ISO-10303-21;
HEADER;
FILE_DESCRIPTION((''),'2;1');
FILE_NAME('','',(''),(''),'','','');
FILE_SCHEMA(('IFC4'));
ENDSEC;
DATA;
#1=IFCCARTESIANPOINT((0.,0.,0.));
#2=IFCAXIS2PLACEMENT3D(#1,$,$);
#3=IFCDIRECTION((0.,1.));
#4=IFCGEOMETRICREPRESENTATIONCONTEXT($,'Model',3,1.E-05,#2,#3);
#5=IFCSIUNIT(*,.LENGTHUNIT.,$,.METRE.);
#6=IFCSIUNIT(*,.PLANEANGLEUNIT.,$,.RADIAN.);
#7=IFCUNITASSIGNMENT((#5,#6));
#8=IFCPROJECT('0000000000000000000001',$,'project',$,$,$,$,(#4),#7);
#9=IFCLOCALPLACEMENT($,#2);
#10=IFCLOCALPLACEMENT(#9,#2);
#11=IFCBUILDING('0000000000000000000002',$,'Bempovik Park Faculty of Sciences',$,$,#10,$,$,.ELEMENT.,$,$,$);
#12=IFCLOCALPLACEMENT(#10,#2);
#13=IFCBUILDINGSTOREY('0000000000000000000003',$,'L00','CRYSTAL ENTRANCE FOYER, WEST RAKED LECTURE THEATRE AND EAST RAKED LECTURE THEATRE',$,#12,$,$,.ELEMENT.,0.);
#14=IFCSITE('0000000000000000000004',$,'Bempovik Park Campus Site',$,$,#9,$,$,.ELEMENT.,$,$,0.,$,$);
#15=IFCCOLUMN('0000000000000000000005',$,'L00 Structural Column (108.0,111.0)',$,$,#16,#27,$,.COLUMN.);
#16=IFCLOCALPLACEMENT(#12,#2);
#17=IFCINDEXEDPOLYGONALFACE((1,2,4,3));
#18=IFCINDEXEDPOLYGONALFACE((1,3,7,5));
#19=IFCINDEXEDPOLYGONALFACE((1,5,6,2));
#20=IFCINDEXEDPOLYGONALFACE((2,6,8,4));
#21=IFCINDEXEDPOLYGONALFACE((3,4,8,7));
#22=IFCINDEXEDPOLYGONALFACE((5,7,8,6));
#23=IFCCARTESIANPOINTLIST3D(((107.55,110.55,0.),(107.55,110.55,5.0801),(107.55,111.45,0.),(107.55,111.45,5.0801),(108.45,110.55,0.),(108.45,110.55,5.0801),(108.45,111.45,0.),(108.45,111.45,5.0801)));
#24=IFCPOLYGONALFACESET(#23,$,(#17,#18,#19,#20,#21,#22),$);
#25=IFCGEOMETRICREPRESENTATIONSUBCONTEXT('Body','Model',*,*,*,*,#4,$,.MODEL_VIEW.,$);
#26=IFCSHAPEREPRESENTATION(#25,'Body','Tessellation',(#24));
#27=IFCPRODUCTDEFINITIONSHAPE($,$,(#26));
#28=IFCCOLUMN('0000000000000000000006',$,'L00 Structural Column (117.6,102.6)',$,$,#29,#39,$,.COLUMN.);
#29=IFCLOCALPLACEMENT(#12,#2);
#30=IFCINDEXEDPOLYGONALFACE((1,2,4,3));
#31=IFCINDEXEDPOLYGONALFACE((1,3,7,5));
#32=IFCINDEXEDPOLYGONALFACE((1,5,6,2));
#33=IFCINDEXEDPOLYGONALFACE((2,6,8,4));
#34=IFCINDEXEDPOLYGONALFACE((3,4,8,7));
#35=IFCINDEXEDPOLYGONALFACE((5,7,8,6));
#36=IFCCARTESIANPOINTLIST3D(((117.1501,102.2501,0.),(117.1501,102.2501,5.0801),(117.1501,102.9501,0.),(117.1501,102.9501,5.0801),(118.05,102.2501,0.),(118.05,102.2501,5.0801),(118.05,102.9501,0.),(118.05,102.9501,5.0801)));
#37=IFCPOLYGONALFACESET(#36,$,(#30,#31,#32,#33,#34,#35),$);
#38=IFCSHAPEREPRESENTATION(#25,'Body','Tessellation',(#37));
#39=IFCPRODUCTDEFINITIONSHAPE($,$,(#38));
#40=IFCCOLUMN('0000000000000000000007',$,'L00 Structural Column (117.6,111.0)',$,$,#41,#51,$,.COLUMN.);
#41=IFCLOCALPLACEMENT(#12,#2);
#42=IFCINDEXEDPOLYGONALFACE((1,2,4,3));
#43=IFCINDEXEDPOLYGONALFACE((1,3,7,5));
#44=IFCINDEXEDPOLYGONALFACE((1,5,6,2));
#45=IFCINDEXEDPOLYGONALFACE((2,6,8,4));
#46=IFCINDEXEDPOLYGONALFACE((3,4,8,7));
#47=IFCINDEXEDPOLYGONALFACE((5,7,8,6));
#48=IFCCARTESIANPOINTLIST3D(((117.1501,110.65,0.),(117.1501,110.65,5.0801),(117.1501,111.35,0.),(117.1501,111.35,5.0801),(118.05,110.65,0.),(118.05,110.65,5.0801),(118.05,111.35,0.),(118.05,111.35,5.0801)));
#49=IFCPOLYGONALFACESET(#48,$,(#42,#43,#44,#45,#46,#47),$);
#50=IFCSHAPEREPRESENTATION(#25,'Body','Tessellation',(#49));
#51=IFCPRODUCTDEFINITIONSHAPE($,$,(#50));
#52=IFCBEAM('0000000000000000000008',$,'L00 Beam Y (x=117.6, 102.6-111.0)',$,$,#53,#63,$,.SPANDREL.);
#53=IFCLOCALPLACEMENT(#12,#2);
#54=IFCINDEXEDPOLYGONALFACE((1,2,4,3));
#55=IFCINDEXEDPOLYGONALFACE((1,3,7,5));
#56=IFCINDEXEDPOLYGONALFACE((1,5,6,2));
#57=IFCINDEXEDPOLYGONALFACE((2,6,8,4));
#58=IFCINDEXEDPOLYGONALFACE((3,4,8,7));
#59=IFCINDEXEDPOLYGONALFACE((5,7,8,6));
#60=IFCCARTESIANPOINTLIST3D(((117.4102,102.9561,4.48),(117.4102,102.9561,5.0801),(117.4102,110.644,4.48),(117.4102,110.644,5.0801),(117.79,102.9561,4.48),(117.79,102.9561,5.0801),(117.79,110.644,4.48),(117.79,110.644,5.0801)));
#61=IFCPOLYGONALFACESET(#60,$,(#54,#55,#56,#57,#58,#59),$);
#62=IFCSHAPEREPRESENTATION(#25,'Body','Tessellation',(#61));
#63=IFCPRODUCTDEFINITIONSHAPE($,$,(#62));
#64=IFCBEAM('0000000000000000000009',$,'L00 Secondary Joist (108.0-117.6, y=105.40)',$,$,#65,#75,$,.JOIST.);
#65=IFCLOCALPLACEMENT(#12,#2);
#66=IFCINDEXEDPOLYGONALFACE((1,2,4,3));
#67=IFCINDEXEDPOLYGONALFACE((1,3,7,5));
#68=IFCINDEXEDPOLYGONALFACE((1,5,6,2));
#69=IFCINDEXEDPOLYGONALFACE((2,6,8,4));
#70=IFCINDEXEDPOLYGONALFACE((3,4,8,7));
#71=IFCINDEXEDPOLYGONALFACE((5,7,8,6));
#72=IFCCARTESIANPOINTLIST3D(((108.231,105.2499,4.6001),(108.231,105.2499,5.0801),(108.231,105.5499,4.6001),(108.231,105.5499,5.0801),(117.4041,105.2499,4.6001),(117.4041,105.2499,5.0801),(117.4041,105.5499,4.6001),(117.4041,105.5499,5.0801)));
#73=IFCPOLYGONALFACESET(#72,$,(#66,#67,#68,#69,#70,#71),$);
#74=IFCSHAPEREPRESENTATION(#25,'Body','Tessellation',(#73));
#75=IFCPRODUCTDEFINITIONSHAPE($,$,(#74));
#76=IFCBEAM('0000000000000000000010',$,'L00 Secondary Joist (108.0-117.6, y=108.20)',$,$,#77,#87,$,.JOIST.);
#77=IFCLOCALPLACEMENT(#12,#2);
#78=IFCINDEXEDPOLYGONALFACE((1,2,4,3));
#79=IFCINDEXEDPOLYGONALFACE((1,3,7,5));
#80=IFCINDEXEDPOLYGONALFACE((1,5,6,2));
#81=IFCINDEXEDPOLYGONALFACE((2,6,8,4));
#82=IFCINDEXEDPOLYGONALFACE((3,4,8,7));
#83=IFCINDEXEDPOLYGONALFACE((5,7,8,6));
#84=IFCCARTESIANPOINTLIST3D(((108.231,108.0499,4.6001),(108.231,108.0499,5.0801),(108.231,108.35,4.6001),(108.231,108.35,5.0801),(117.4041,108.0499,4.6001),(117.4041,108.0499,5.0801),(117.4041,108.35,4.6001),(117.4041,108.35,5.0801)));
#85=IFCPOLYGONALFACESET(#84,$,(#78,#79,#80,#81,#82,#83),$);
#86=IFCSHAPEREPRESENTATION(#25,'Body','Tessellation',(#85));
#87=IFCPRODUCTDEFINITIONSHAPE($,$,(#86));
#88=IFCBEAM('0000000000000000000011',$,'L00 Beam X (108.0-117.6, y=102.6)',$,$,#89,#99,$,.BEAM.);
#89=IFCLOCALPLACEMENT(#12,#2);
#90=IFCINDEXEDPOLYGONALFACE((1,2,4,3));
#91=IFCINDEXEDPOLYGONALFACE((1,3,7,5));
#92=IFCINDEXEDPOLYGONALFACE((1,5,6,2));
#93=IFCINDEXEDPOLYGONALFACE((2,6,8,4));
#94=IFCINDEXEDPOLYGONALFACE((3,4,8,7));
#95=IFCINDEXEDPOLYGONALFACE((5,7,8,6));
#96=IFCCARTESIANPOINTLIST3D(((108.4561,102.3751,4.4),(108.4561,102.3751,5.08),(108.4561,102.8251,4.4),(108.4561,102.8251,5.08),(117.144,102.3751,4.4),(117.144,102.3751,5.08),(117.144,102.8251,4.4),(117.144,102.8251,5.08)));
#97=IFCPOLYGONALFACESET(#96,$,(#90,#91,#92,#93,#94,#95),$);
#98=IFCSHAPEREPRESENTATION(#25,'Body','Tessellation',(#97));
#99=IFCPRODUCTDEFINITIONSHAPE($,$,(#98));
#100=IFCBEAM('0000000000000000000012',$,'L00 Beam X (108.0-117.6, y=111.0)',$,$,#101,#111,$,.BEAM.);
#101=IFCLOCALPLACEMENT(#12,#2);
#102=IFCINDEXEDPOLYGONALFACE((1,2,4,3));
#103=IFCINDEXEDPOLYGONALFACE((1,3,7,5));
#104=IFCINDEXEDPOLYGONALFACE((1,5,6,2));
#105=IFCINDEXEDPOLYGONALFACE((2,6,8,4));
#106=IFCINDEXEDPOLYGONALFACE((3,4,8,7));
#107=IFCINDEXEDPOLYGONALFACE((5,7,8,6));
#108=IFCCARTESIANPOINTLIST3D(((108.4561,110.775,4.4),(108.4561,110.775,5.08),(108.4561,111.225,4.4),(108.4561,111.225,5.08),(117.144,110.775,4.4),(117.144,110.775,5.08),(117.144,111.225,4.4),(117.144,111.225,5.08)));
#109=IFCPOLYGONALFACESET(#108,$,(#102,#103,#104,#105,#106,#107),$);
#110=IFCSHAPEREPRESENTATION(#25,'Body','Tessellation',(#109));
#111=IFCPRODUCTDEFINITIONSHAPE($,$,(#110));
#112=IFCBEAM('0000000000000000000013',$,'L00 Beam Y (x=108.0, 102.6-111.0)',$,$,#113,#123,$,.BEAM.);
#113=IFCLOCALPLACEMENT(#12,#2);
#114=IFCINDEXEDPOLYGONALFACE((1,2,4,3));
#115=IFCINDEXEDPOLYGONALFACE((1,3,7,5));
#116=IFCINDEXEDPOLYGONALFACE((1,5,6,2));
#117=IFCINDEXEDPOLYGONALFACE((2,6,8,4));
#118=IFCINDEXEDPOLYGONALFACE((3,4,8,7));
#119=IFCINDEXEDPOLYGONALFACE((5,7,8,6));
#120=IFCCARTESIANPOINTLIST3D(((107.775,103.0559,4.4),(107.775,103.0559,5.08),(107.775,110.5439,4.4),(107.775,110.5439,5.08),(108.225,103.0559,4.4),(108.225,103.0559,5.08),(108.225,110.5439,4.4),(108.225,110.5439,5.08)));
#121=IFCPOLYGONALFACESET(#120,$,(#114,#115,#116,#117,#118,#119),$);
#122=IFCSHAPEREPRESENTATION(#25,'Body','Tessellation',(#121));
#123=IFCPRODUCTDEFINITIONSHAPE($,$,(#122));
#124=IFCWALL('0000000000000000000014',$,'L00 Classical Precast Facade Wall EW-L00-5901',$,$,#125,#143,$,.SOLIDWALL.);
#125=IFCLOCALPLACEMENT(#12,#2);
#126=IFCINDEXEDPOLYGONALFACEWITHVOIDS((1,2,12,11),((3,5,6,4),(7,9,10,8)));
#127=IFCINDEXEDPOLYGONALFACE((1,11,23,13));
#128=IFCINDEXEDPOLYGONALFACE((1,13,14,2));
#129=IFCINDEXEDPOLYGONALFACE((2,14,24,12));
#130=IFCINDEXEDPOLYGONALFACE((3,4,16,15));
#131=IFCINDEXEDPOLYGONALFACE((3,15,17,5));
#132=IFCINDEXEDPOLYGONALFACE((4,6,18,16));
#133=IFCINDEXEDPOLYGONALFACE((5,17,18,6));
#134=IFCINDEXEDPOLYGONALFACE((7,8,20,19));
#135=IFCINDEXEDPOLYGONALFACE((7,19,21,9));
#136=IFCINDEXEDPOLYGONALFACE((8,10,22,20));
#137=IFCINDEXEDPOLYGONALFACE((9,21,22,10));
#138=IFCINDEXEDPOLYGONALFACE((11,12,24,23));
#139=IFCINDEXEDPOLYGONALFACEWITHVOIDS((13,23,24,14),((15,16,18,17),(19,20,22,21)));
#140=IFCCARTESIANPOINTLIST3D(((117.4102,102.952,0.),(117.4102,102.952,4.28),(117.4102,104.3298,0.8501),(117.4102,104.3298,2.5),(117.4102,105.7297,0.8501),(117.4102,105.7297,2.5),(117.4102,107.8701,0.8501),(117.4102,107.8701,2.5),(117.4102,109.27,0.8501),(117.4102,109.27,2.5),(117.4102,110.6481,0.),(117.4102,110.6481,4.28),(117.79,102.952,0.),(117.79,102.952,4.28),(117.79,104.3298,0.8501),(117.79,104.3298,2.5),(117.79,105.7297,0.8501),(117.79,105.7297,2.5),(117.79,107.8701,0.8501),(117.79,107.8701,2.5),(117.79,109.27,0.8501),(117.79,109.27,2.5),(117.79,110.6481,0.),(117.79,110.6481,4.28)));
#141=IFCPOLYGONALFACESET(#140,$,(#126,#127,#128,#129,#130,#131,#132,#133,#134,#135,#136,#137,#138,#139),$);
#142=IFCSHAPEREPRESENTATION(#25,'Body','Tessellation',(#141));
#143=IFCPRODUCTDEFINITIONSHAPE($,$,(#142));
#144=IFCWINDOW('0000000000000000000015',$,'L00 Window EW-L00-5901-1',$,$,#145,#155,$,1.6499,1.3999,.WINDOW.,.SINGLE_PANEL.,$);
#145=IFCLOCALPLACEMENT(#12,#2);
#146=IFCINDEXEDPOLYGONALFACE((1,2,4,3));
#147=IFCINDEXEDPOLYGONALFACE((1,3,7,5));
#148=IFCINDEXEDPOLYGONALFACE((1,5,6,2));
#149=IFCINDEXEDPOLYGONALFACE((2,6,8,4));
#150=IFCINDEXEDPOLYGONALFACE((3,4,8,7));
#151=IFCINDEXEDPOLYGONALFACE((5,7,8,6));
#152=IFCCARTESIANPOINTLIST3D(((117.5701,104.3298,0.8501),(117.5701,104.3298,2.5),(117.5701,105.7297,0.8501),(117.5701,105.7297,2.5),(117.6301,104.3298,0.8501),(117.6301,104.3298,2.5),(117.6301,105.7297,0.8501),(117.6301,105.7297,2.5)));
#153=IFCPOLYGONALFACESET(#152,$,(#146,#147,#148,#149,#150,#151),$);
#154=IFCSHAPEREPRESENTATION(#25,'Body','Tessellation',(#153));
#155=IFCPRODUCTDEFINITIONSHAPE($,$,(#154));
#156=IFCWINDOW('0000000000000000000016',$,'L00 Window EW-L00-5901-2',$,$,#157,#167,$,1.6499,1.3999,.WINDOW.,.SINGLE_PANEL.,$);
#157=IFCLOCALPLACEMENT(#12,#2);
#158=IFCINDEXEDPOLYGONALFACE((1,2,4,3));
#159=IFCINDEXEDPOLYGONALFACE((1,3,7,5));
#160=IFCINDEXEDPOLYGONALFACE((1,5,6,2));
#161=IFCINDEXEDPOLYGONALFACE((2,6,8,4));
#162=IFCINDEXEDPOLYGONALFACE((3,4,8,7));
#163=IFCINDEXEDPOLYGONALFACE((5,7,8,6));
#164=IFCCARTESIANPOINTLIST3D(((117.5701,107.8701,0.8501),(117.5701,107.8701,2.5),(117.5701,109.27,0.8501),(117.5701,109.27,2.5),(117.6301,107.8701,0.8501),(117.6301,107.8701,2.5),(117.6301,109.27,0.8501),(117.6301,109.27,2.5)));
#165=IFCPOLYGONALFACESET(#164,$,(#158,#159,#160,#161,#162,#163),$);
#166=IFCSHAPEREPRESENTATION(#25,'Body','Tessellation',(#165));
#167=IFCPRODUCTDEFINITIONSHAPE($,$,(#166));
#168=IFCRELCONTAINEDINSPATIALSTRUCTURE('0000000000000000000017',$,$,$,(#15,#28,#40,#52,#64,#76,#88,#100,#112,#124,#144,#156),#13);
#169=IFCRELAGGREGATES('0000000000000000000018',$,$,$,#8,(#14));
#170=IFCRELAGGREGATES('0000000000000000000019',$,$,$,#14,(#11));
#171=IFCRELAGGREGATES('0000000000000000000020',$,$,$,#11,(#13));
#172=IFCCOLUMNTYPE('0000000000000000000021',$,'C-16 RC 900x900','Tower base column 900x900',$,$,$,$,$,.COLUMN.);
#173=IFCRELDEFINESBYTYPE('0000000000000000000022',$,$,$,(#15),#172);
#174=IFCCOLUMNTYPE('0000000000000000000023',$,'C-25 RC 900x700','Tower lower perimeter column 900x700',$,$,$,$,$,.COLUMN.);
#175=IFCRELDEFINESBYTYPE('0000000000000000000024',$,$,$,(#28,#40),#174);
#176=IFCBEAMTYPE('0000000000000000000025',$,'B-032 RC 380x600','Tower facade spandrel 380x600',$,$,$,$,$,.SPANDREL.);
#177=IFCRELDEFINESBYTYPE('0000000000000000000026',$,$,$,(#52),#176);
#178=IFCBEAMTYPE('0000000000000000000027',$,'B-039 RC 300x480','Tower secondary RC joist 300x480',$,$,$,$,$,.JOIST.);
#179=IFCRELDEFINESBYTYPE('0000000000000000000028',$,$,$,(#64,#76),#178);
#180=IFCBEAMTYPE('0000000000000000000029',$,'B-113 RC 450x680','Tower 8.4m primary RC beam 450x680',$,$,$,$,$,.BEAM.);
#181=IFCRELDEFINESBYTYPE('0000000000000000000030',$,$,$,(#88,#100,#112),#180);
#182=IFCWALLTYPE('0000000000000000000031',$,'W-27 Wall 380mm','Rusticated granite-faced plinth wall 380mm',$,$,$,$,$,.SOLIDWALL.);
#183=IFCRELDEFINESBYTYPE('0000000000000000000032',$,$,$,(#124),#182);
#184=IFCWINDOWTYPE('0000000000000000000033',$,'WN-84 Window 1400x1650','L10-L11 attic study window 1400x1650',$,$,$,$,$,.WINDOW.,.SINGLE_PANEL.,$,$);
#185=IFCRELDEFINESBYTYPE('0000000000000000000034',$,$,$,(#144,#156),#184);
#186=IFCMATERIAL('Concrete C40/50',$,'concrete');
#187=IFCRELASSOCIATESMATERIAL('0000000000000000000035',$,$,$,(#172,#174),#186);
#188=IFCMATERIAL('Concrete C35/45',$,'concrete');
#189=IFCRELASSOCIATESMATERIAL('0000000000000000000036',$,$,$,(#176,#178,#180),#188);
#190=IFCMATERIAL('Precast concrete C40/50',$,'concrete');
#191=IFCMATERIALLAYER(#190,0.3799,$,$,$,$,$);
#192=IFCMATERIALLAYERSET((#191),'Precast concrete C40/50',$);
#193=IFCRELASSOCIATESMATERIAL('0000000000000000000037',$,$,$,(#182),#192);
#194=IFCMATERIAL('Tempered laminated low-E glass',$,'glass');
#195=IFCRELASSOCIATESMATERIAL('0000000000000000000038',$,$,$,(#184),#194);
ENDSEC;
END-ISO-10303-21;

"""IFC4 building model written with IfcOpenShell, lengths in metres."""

from ifc_helpers import new_model, si_unit, direction, frame, frame_2d, origin, origin_2d, place, context, subcontext, project, spatial, rectangle, extrude, material, layer, layer_set, material_profile, profile_set, type_object, element, fill, save


model = new_model("IFC4")

# Units and contexts
model_context = context("Model", 3, precision=1e-05, world=origin(), true_north=direction((0.0, 1.0)))
body_context = subcontext(model_context, "Body", "Model", "MODEL_VIEW")
ifc_project = project(units=[si_unit("LENGTHUNIT", "METRE"), si_unit("PLANEANGLEUNIT", "RADIAN")], contexts=[model_context])

# Site, building, storey
site_placement = place(None, origin())
site = spatial("IfcSite", under=ifc_project, at=site_placement, Name="Bempovik Park Campus Site", CompositionType="ELEMENT", RefElevation=0.0)
building_placement = place(site_placement, origin())
building = spatial("IfcBuilding", under=site, at=building_placement, Name="Bempovik Park Faculty of Sciences", CompositionType="ELEMENT")
storey_placement = place(building_placement, origin())
storey = spatial("IfcBuildingStorey", under=building, at=storey_placement, Name="L00", Description="CRYSTAL ENTRANCE FOYER, WEST RAKED LECTURE THEATRE AND EAST RAKED LECTURE THEATRE", CompositionType="ELEMENT", Elevation=0.0)

# Columns
ifc_material_1 = material(Name="Concrete C40/50", Category="concrete")
ifc_material_profile_1 = material_profile(ifc_material_1, rectangle(XDim=0.8999, YDim=0.8999, at=origin_2d()), Name="RC 900x900")
ifc_profile_set_1 = profile_set([ifc_material_profile_1], Name="Concrete C40/50")
column_type_1 = type_object("IfcColumnType", Name="C-16 RC 900x900", Description="Tower base column 900x900", PredefinedType="COLUMN", material=ifc_profile_set_1)
column_placement = place(storey_placement, frame((108.0, 111.0, 0.0), z_axis=(0.0, 0.0, 1.0), x_axis=(1.0, 0.0, 0.0)))
element("IfcColumn", 1, at=column_placement, inside=storey, type_object=column_type_1, Name="L00 Structural Column (108.0,111.0)", PredefinedType="COLUMN", context=body_context, shape_type="SweptSolid", body=[
    extrude(rectangle(XDim=0.8999, YDim=0.8999, at=origin_2d()), origin(), (0.0, 0.0, 1.0), 5.0801),
])
ifc_material_profile_2 = material_profile(ifc_material_1, rectangle(XDim=0.8999, YDim=0.7, at=origin_2d()), Name="RC 900x700")
ifc_profile_set_2 = profile_set([ifc_material_profile_2], Name="Concrete C40/50")
column_type_2 = type_object("IfcColumnType", Name="C-25 RC 900x700", Description="Tower lower perimeter column 900x700", PredefinedType="COLUMN", material=ifc_profile_set_2)
for number, where, z_axis, x_axis, name in (
    (2, (117.6001, 102.6001, 0.0), (0.0, 0.0, 1.0), (1.0, 0.0, 0.0), "L00 Structural Column (117.6,102.6)"),
    (3, (117.6001, 111.0, 0.0), (0.0, 0.0, 1.0), (1.0, 0.0, 0.0), "L00 Structural Column (117.6,111.0)"),
):
    element("IfcColumn", number, at=place(storey_placement, frame(where, z_axis=z_axis, x_axis=x_axis)), inside=storey, type_object=column_type_2, Name=name, PredefinedType="COLUMN", context=body_context, shape_type="SweptSolid", body=[
        extrude(rectangle(XDim=0.8999, YDim=0.7, at=origin_2d()), origin(), (0.0, 0.0, 1.0), 5.0801),
    ])

# Beams
ifc_material_2 = material(Name="Concrete C35/45", Category="concrete")
ifc_material_profile_3 = material_profile(ifc_material_2, rectangle(XDim=0.3799, YDim=0.6001, at=origin_2d()), Name="RC 380x600")
ifc_profile_set_3 = profile_set([ifc_material_profile_3], Name="Concrete C35/45")
beam_type_1 = type_object("IfcBeamType", Name="B-032 RC 380x600", Description="Tower facade spandrel 380x600", PredefinedType="SPANDREL", material=ifc_profile_set_3)
beam_1_placement = place(storey_placement, frame((117.6001, 102.9561, 4.78), z_axis=(0.0, 1.0, 0.0), x_axis=(-1.0, 0.0, 0.0)))
element("IfcBeam", 4, at=beam_1_placement, inside=storey, type_object=beam_type_1, Name="L00 Beam Y (x=117.6, 102.6-111.0)", PredefinedType="SPANDREL", context=body_context, shape_type="SweptSolid", body=[
    extrude(rectangle(XDim=0.3799, YDim=0.6001, at=origin_2d()), origin(), (0.0, 0.0, 1.0), 7.688),
])
ifc_material_profile_4 = material_profile(ifc_material_2, rectangle(XDim=0.3, YDim=0.48, at=origin_2d()), Name="RC 300x480")
ifc_profile_set_4 = profile_set([ifc_material_profile_4], Name="Concrete C35/45")
beam_type_2 = type_object("IfcBeamType", Name="B-039 RC 300x480", Description="Tower secondary RC joist 300x480", PredefinedType="JOIST", material=ifc_profile_set_4)
for number, where, z_axis, x_axis, name in (
    (5, (108.231, 105.3999, 4.8401), (1.0, 0.0, 0.0), (0.0, 1.0, 0.0), "L00 Secondary Joist (108.0-117.6, y=105.40)"),
    (6, (108.231, 108.2, 4.8401), (1.0, 0.0, 0.0), (0.0, 1.0, 0.0), "L00 Secondary Joist (108.0-117.6, y=108.20)"),
):
    element("IfcBeam", number, at=place(storey_placement, frame(where, z_axis=z_axis, x_axis=x_axis)), inside=storey, type_object=beam_type_2, Name=name, PredefinedType="JOIST", context=body_context, shape_type="SweptSolid", body=[
        extrude(rectangle(XDim=0.3, YDim=0.48, at=origin_2d()), origin(), (0.0, 0.0, 1.0), 9.1731),
    ])
ifc_material_profile_5 = material_profile(ifc_material_2, rectangle(XDim=0.45, YDim=0.6799, at=origin_2d()), Name="RC 450x680")
ifc_profile_set_5 = profile_set([ifc_material_profile_5], Name="Concrete C35/45")
beam_type_3 = type_object("IfcBeamType", Name="B-113 RC 450x680", Description="Tower 8.4m primary RC beam 450x680", PredefinedType="BEAM", material=ifc_profile_set_5)
for number, where, z_axis, x_axis, name in (
    (7, (108.4561, 102.6001, 4.74), (1.0, 0.0, 0.0), (0.0, 1.0, 0.0), "L00 Beam X (108.0-117.6, y=102.6)"),
    (8, (108.4561, 111.0, 4.74), (1.0, 0.0, 0.0), (0.0, 1.0, 0.0), "L00 Beam X (108.0-117.6, y=111.0)"),
):
    element("IfcBeam", number, at=place(storey_placement, frame(where, z_axis=z_axis, x_axis=x_axis)), inside=storey, type_object=beam_type_3, Name=name, PredefinedType="BEAM", context=body_context, shape_type="SweptSolid", body=[
        extrude(rectangle(XDim=0.45, YDim=0.6799, at=origin_2d()), origin(), (0.0, 0.0, 1.0), 8.688),
    ])
beam_2_placement = place(storey_placement, frame((108.0, 103.0559, 4.74), z_axis=(0.0, 1.0, 0.0), x_axis=(-1.0, 0.0, 0.0)))
element("IfcBeam", 9, at=beam_2_placement, inside=storey, type_object=beam_type_3, Name="L00 Beam Y (x=108.0, 102.6-111.0)", PredefinedType="BEAM", context=body_context, shape_type="SweptSolid", body=[
    extrude(rectangle(XDim=0.45, YDim=0.6799, at=origin_2d()), origin(), (0.0, 0.0, 1.0), 7.488),
])

# Wall, openings, windows
ifc_material_3 = material(Name="Precast concrete C40/50", Category="concrete")
ifc_layer_1 = layer(ifc_material_3, 0.3799)
ifc_layer_set_1 = layer_set([ifc_layer_1], Name="Precast concrete C40/50")
wall_type_1 = type_object("IfcWallType", Name="W-27 Wall 380mm", Description="Rusticated granite-faced plinth wall 380mm", PredefinedType="SOLIDWALL", material=ifc_layer_set_1)
wall_1_placement = place(storey_placement, frame((117.6001, 102.9519, 0.0), z_axis=(0.0, 0.0, 1.0), x_axis=(0.0, 1.0, 0.0)))
wall_1 = element("IfcWall", 10, at=wall_1_placement, inside=storey, type_object=wall_type_1, Name="L00 Classical Precast Facade Wall EW-L00-5901", PredefinedType="SOLIDWALL", context=body_context, shape_type="SweptSolid", body=[
    extrude(rectangle(XDim=7.696, YDim=0.3799, at=frame_2d((3.8481, 0.0))), origin(), (0.0, 0.0, 1.0), 4.28),
])
opening_1_placement = place(wall_1_placement, frame((1.3779, 0.0, 0.8501)))
opening_1 = element("IfcOpeningElement", 11, at=opening_1_placement, cuts=wall_1, PredefinedType="OPENING", context=body_context, shape_type="SweptSolid", body=[
    extrude(rectangle(XDim=1.3999, YDim=1.6499, at=frame_2d((0.7, 0.825))), frame((0.0, 0.2, 0.0), z_axis=(0.0, -1.0, 0.0), x_axis=(1.0, 0.0, 0.0)), (0.0, 0.0, 1.0), 0.3999),
])
opening_2_placement = place(wall_1_placement, frame((4.9182, 0.0, 0.8501)))
opening_2 = element("IfcOpeningElement", 12, at=opening_2_placement, cuts=wall_1, PredefinedType="OPENING", context=body_context, shape_type="SweptSolid", body=[
    extrude(rectangle(XDim=1.3999, YDim=1.6499, at=frame_2d((0.7, 0.825))), frame((0.0, 0.2, 0.0), z_axis=(0.0, -1.0, 0.0), x_axis=(1.0, 0.0, 0.0)), (0.0, 0.0, 1.0), 0.3999),
])
ifc_material_4 = material(Name="Tempered laminated low-E glass", Category="glass")
window_type = type_object("IfcWindowType", Name="WN-84 Window 1400x1650", Description="L10-L11 attic study window 1400x1650", PartitioningType="SINGLE_PANEL", PredefinedType="WINDOW", material=ifc_material_4)
window_1_placement = place(opening_1_placement, origin())
window_1 = element("IfcWindow", 13, at=window_1_placement, inside=storey, type_object=window_type, Name="L00 Window EW-L00-5901-1", OverallHeight=1.6499, OverallWidth=1.3999, PartitioningType="SINGLE_PANEL", PredefinedType="WINDOW", context=body_context, shape_type="SweptSolid", body=[
    extrude(rectangle(XDim=1.3999, YDim=1.6499, at=frame_2d((0.7, 0.825))), frame((0.0, 0.03, 0.0), z_axis=(0.0, -1.0, 0.0), x_axis=(1.0, 0.0, 0.0)), (0.0, 0.0, 1.0), 0.0601),
])
fill(opening_1, window_1)
window_2_placement = place(opening_2_placement, origin())
window_2 = element("IfcWindow", 14, at=window_2_placement, inside=storey, type_object=window_type, Name="L00 Window EW-L00-5901-2", OverallHeight=1.6499, OverallWidth=1.3999, PartitioningType="SINGLE_PANEL", PredefinedType="WINDOW", context=body_context, shape_type="SweptSolid", body=[
    extrude(rectangle(XDim=1.3999, YDim=1.6499, at=frame_2d((0.7, 0.825))), frame((0.0, 0.03, 0.0), z_axis=(0.0, -1.0, 0.0), x_axis=(1.0, 0.0, 0.0)), (0.0, 0.0, 1.0), 0.0601),
])
fill(opening_2, window_2)

save(model, "model.ifc")
